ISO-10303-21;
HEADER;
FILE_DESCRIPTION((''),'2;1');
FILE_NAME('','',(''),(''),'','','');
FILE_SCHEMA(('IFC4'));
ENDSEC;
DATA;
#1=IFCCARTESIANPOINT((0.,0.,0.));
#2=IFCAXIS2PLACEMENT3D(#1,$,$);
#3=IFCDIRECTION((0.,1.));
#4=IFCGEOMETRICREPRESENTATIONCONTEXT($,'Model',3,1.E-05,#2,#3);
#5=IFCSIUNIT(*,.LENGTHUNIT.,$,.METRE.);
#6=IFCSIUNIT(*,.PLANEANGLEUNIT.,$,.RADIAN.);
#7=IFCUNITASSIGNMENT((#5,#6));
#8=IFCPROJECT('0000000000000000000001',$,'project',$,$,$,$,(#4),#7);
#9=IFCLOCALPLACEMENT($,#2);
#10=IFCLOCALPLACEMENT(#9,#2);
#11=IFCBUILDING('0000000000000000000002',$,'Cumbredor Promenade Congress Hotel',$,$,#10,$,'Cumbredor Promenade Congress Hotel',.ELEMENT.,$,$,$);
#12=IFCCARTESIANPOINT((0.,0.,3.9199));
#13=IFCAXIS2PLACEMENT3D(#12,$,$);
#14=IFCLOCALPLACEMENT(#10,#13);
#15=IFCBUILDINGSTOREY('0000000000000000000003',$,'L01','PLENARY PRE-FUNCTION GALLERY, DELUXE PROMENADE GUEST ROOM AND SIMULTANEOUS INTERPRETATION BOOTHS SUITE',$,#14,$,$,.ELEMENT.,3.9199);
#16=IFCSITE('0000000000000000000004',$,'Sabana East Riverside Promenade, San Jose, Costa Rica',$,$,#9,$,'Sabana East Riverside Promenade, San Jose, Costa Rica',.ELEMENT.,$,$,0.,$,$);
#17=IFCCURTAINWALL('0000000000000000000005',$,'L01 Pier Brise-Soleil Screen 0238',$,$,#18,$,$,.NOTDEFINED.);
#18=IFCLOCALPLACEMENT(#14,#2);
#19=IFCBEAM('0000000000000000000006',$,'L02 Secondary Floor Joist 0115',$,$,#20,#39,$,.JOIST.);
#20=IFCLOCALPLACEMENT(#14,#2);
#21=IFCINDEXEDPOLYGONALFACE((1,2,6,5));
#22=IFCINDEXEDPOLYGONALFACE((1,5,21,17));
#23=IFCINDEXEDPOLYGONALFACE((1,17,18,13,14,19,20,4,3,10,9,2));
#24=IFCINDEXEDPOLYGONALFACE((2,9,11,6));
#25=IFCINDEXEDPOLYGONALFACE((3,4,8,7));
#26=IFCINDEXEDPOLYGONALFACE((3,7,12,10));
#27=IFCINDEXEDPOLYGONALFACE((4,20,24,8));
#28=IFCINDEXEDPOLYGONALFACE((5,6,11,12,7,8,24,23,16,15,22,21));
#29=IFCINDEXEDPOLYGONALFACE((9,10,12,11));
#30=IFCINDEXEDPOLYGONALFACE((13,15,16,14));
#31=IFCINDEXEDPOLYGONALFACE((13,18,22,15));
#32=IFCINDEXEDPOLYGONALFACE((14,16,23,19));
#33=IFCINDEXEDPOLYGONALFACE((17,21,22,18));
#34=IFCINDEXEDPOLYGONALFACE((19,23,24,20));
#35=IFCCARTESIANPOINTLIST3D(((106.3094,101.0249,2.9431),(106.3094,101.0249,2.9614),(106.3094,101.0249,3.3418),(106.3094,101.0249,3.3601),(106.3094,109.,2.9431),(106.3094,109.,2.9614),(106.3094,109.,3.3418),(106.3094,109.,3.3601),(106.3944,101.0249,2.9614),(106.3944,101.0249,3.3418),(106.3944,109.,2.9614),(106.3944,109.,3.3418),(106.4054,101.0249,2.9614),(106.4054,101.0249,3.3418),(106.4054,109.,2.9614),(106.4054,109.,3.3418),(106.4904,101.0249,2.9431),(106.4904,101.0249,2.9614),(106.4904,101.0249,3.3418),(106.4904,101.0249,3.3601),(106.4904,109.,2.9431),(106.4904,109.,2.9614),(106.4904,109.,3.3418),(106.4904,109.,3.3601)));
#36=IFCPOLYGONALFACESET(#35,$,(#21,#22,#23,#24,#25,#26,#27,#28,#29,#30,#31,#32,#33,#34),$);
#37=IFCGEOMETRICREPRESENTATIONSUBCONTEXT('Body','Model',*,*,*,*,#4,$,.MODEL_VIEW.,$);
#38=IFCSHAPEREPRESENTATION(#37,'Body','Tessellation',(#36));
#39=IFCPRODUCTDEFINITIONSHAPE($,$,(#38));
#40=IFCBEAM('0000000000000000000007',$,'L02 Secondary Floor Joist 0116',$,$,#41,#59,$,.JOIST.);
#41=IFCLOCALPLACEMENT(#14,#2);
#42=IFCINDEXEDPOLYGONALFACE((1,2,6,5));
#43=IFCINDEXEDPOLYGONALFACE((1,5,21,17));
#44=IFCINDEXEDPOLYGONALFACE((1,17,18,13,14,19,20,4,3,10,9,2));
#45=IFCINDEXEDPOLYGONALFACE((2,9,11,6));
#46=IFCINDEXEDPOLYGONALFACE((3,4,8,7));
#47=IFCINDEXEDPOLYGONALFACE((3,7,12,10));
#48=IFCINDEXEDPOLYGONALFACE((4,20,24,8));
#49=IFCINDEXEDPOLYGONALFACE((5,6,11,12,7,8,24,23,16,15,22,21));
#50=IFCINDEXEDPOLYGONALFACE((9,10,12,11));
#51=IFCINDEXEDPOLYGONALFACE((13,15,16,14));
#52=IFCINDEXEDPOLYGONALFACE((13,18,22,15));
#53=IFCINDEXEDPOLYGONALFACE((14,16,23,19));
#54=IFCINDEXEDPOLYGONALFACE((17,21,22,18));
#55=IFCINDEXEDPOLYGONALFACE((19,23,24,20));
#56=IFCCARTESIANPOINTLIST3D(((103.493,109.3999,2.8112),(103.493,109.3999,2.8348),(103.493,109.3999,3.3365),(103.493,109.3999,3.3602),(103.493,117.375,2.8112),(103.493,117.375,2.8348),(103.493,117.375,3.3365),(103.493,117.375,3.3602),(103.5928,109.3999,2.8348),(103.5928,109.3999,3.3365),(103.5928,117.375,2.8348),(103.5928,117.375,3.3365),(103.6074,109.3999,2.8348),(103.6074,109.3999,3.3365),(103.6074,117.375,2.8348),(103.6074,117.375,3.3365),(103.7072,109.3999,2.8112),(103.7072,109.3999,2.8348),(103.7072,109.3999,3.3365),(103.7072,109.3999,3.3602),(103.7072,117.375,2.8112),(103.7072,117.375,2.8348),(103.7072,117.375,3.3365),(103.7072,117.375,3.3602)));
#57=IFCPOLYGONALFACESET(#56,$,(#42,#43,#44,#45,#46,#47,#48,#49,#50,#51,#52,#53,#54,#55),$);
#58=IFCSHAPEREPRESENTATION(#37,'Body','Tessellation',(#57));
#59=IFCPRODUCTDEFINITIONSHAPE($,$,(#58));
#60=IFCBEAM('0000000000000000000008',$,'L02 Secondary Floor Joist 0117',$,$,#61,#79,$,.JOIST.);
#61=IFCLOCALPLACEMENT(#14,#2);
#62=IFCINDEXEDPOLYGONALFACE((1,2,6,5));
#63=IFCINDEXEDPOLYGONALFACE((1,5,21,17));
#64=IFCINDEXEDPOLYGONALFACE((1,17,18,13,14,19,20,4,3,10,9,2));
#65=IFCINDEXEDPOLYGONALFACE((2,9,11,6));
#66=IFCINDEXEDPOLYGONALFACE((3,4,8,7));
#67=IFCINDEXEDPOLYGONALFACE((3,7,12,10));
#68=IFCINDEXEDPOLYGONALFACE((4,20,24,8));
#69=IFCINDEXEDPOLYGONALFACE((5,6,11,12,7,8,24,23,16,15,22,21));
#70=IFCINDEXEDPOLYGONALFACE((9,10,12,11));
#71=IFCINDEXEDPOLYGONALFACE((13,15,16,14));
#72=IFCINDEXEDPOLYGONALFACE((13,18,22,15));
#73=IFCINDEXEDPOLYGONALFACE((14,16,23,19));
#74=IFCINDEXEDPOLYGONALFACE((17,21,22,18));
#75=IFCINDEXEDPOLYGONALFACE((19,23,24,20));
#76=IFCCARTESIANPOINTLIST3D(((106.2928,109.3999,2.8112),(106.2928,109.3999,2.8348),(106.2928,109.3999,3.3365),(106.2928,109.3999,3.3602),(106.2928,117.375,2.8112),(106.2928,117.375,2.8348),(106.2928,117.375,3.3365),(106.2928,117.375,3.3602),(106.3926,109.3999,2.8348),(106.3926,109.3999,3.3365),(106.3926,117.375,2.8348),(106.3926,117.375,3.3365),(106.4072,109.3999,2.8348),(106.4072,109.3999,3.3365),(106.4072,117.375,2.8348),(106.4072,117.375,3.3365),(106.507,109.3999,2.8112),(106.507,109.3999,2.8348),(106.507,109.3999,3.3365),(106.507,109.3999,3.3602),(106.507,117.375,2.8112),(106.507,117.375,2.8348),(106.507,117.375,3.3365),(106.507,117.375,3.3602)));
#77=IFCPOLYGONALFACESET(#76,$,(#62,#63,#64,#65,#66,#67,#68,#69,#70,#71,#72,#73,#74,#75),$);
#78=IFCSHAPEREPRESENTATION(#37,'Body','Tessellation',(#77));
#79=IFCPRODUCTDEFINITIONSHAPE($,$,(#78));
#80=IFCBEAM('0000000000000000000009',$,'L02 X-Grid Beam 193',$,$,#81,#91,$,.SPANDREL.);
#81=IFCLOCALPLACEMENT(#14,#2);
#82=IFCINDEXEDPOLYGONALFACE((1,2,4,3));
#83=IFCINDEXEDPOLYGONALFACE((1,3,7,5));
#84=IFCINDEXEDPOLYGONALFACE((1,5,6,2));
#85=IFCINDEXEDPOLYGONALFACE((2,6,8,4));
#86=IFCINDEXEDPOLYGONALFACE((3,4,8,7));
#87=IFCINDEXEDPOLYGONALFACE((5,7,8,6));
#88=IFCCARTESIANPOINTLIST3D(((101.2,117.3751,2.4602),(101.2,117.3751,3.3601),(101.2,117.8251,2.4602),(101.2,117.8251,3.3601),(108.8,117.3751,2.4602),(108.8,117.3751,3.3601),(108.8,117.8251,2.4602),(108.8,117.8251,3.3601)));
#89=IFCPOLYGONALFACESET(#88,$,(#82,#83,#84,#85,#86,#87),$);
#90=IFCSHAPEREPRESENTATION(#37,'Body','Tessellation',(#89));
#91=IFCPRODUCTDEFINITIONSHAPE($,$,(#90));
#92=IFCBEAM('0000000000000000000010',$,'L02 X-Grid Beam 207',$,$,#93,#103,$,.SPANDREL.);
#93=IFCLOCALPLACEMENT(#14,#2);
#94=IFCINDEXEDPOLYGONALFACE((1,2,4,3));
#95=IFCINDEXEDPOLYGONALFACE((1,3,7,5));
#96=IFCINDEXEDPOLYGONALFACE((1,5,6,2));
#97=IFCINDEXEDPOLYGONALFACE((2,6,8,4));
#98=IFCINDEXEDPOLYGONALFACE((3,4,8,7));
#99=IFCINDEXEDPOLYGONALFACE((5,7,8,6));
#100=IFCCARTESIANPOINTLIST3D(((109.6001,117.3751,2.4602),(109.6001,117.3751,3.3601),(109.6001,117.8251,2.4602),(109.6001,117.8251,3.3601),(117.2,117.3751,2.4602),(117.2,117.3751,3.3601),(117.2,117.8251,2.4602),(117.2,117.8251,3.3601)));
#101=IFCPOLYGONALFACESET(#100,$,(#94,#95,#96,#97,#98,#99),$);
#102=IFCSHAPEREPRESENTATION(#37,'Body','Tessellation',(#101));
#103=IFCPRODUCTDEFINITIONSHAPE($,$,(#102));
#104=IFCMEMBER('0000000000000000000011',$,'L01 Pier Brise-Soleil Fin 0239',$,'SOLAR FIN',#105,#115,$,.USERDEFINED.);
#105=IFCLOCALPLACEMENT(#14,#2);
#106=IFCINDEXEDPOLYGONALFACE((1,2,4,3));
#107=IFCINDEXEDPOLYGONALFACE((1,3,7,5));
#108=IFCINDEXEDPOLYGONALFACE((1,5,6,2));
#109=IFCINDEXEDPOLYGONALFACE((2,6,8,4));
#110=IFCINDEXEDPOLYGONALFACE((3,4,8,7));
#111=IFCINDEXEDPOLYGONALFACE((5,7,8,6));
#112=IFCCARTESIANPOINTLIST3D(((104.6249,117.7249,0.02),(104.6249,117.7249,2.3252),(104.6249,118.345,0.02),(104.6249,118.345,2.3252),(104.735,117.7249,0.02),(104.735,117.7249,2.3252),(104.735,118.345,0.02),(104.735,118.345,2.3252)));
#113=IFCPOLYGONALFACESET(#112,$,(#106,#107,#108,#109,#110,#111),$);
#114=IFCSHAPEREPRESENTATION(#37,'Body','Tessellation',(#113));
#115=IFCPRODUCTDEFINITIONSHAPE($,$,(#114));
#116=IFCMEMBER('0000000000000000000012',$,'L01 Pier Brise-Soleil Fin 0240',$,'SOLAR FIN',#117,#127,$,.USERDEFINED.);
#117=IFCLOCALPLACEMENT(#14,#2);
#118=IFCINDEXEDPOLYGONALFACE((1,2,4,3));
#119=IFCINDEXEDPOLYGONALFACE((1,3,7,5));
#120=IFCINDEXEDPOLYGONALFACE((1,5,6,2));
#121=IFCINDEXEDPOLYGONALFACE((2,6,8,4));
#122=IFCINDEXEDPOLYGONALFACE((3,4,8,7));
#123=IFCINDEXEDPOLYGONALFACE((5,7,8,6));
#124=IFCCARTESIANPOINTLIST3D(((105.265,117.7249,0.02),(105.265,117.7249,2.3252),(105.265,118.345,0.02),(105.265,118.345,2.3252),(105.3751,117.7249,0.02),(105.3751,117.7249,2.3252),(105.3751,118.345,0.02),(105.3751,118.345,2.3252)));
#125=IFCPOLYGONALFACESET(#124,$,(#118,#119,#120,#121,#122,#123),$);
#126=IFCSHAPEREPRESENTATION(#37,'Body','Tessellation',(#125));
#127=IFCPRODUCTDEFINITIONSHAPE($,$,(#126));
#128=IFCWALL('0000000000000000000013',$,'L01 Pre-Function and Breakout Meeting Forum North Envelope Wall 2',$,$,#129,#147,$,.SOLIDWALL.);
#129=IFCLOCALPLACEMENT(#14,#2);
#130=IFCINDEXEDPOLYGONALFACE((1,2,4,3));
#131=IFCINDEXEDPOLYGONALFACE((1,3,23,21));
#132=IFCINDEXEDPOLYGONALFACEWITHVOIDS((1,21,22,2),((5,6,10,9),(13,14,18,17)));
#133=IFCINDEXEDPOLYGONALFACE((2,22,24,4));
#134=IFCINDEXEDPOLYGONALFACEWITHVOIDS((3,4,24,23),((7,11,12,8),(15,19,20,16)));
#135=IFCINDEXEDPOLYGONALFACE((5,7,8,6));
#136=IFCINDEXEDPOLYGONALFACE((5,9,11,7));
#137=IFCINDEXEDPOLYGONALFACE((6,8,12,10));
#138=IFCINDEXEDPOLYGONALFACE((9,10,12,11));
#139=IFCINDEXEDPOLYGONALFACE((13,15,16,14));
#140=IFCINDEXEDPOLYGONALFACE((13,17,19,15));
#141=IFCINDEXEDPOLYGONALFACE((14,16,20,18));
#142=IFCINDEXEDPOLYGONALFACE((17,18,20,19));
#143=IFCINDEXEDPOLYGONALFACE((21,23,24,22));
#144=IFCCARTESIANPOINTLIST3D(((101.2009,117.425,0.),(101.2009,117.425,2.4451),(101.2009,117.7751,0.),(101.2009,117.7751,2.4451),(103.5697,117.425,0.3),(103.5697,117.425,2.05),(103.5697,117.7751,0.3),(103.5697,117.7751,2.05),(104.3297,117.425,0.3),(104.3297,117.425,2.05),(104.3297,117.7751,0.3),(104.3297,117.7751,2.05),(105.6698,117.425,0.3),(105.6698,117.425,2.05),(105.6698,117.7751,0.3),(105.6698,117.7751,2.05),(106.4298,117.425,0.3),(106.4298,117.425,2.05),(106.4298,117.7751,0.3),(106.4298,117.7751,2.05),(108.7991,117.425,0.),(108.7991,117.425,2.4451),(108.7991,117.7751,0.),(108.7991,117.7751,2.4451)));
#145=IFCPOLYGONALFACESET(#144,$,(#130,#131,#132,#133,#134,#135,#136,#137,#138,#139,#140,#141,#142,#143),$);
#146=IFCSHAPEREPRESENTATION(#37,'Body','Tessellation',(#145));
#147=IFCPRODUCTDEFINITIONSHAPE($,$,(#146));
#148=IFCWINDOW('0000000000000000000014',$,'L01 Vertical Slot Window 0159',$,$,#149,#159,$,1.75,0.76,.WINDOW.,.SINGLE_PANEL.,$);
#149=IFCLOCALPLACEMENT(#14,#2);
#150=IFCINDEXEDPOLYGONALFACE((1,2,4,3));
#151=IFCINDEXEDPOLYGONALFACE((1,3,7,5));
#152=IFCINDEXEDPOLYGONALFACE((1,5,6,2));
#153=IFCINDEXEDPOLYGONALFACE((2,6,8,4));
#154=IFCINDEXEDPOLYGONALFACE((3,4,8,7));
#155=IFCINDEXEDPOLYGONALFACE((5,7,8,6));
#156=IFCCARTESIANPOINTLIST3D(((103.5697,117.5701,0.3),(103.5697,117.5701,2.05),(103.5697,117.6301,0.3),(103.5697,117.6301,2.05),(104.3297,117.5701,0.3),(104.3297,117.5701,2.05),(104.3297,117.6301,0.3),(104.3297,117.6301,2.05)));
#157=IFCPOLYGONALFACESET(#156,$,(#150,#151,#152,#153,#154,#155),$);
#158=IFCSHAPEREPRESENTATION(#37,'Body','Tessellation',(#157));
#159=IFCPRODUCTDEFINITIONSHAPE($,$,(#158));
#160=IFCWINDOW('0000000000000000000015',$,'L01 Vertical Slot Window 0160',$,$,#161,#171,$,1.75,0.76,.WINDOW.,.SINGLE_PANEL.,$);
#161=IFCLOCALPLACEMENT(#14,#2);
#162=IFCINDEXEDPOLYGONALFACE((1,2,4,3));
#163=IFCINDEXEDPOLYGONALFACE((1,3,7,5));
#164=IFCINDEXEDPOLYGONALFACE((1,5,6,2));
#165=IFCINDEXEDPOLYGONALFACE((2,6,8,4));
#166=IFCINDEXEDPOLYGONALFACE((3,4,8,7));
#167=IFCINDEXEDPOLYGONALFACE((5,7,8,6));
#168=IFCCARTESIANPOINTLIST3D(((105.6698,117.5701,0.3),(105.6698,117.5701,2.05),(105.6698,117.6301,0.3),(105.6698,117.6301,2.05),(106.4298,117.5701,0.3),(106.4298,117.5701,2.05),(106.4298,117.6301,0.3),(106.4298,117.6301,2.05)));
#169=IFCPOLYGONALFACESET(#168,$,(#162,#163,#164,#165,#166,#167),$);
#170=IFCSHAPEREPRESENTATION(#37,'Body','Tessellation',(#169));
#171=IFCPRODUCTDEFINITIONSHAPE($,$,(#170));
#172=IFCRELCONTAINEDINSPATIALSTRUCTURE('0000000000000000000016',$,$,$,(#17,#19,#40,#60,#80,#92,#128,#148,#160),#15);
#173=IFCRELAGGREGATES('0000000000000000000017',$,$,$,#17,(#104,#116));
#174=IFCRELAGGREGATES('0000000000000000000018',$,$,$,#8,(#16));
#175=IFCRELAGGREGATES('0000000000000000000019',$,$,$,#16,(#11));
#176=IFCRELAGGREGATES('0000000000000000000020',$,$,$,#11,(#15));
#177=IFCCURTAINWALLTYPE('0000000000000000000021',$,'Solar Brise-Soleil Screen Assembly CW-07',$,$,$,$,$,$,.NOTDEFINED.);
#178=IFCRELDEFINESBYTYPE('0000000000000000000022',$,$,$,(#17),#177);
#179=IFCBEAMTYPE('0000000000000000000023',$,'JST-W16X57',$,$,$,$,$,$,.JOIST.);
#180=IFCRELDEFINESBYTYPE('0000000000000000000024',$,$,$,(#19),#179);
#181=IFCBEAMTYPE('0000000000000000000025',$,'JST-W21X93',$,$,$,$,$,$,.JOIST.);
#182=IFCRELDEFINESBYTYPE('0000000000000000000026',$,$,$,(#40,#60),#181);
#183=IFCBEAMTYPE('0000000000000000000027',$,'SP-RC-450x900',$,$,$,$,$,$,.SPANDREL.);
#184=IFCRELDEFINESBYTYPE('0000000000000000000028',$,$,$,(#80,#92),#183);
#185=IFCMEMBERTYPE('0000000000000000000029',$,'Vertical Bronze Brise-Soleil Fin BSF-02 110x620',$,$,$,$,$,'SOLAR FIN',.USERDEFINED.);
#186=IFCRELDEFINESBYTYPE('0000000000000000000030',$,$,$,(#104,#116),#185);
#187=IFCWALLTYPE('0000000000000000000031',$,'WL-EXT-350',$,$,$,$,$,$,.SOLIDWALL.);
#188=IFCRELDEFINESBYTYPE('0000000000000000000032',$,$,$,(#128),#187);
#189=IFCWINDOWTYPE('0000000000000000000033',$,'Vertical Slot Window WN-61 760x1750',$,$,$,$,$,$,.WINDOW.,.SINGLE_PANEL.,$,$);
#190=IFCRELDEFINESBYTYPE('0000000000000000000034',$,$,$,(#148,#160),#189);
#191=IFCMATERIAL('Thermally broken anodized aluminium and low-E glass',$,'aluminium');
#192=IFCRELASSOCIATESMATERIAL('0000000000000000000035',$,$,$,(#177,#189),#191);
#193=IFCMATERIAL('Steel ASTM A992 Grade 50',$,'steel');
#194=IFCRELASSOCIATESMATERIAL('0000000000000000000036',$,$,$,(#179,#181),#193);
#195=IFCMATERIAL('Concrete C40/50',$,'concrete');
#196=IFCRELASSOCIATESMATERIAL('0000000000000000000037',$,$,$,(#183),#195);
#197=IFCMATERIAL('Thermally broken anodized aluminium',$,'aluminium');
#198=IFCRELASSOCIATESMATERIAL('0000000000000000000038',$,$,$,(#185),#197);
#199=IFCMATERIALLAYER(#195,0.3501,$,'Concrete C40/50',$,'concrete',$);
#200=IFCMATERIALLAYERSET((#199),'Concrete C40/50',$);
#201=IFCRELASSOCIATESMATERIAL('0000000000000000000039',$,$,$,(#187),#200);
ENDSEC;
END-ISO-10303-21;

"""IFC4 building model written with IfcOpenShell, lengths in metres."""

from ifc_helpers import new_model, si_unit, direction, frame, frame_2d, origin, origin_2d, place, context, subcontext, project, spatial, rectangle, i_section, extrude, material, layer, layer_set, material_profile, profile_set, type_object, element, fill, aggregate, save


model = new_model("IFC4")

# Units and contexts
model_context = context("Model", 3, precision=1e-05, world=origin(), true_north=direction((0.0, 1.0)))
body_context = subcontext(model_context, "Body", "Model", "MODEL_VIEW")
ifc_project = project(units=[si_unit("LENGTHUNIT", "METRE"), si_unit("PLANEANGLEUNIT", "RADIAN")], contexts=[model_context])

# Site, building, storey
site_placement = place(None, origin())
site = spatial("IfcSite", under=ifc_project, at=site_placement, Name="Sabana East Riverside Promenade, San Jose, Costa Rica", LongName="Sabana East Riverside Promenade, San Jose, Costa Rica", CompositionType="ELEMENT", RefElevation=0.0)
building_placement = place(site_placement, origin())
building = spatial("IfcBuilding", under=site, at=building_placement, Name="Cumbredor Promenade Congress Hotel", LongName="Cumbredor Promenade Congress Hotel", CompositionType="ELEMENT")
storey_placement = place(building_placement, frame((0.0, 0.0, 3.9199)))
storey = spatial("IfcBuildingStorey", under=building, at=storey_placement, Name="L01", Description="PLENARY PRE-FUNCTION GALLERY, DELUXE PROMENADE GUEST ROOM AND SIMULTANEOUS INTERPRETATION BOOTHS SUITE", CompositionType="ELEMENT", Elevation=3.9199)

# Shared definitions
ifc_material_1 = material(Name="Concrete C40/50", Category="concrete")
ifc_material_2 = material(Name="Steel ASTM A992 Grade 50", Category="steel")

# Curtain wall
ifc_material_3 = material(Name="Thermally broken anodized aluminium and low-E glass", Category="aluminium")
curtain_wall_type = type_object("IfcCurtainWallType", Name="Solar Brise-Soleil Screen Assembly CW-07", PredefinedType="NOTDEFINED", material=ifc_material_3)
curtain_wall_placement = place(storey_placement, origin())
curtain_wall = element("IfcCurtainWall", 1, at=curtain_wall_placement, inside=storey, type_object=curtain_wall_type, Name="L01 Pier Brise-Soleil Screen 0238", PredefinedType="NOTDEFINED")
ifc_material_4 = material(Name="Thermally broken anodized aluminium", Category="aluminium")

# Beams
ifc_material_profile_1 = material_profile(ifc_material_2, i_section(OverallWidth=0.1809, OverallDepth=0.417, WebThickness=0.011, FlangeThickness=0.0183, at=origin_2d()), Name="W16X57")
ifc_profile_set_1 = profile_set([ifc_material_profile_1], Name="Steel ASTM A992 Grade 50")
beam_type_1 = type_object("IfcBeamType", Name="JST-W16X57", PredefinedType="JOIST", material=ifc_profile_set_1)
for number, where, z_axis, x_axis, name in (
    (2, (106.3999, 101.0249, 3.1516), (0.0, 1.0, 0.0), (-1.0, 0.0, 0.0), "L02 Secondary Floor Joist 0115"),
):
    element("IfcBeam", number, at=place(storey_placement, frame(where, z_axis=z_axis, x_axis=x_axis)), inside=storey, type_object=beam_type_1, Name=name, PredefinedType="JOIST", context=body_context, shape_type="SweptSolid", body=[
        extrude(i_section(OverallWidth=0.1809, OverallDepth=0.417, WebThickness=0.011, FlangeThickness=0.0183, at=origin_2d()), origin(), (0.0, 0.0, 1.0), 7.9751),
    ])
ifc_material_profile_2 = material_profile(ifc_material_2, i_section(OverallWidth=0.2141, OverallDepth=0.5491, WebThickness=0.0146, FlangeThickness=0.0237, at=origin_2d()), Name="W21X93")
ifc_profile_set_2 = profile_set([ifc_material_profile_2], Name="Steel ASTM A992 Grade 50")
beam_type_2 = type_object("IfcBeamType", Name="JST-W21X93", PredefinedType="JOIST", material=ifc_profile_set_2)
for number, where, z_axis, x_axis, name in (
    (3, (103.6001, 109.3999, 3.0857), (0.0, 1.0, 0.0), (-1.0, 0.0, 0.0), "L02 Secondary Floor Joist 0116"),
    (4, (106.3999, 109.3999, 3.0857), (0.0, 1.0, 0.0), (-1.0, 0.0, 0.0), "L02 Secondary Floor Joist 0117"),
):
    element("IfcBeam", number, at=place(storey_placement, frame(where, z_axis=z_axis, x_axis=x_axis)), inside=storey, type_object=beam_type_2, Name=name, PredefinedType="JOIST", context=body_context, shape_type="SweptSolid", body=[
        extrude(i_section(OverallWidth=0.2141, OverallDepth=0.5491, WebThickness=0.0146, FlangeThickness=0.0237, at=origin_2d()), origin(), (0.0, 0.0, 1.0), 7.9751),
    ])
ifc_material_profile_3 = material_profile(ifc_material_1, rectangle(XDim=0.45, YDim=0.8999, at=origin_2d()), Name="RC SPANDREL 450x900")
ifc_profile_set_3 = profile_set([ifc_material_profile_3], Name="Concrete C40/50")
beam_type_3 = type_object("IfcBeamType", Name="SP-RC-450x900", PredefinedType="SPANDREL", material=ifc_profile_set_3)
beam_1_placement = place(storey_placement, frame((101.2, 117.6001, 2.9102), z_axis=(1.0, 0.0, 0.0), x_axis=(0.0, 1.0, 0.0)))
element("IfcBeam", 5, at=beam_1_placement, inside=storey, type_object=beam_type_3, Name="L02 X-Grid Beam 193", PredefinedType="SPANDREL", context=body_context, shape_type="SweptSolid", body=[
    extrude(rectangle(XDim=0.45, YDim=0.8999, at=origin_2d()), origin(), (0.0, 0.0, 1.0), 7.6001),
])
beam_2_placement = place(storey_placement, frame((109.6001, 117.6001, 2.9102), z_axis=(1.0, 0.0, 0.0), x_axis=(0.0, 1.0, 0.0)))
element("IfcBeam", 6, at=beam_2_placement, inside=storey, type_object=beam_type_3, Name="L02 X-Grid Beam 207", PredefinedType="SPANDREL", context=body_context, shape_type="SweptSolid", body=[
    extrude(rectangle(XDim=0.45, YDim=0.8999, at=origin_2d()), origin(), (0.0, 0.0, 1.0), 7.5999),
])

# Members
ifc_material_profile_4 = material_profile(ifc_material_4, rectangle(XDim=0.1101, YDim=0.6201, at=origin_2d()), Name="ARCH FIN 110x620")
ifc_profile_set_4 = profile_set([ifc_material_profile_4], Name="Thermally broken anodized aluminium")
member_type_1 = type_object("IfcMemberType", Name="Vertical Bronze Brise-Soleil Fin BSF-02 110x620", ElementType="SOLAR FIN", PredefinedType="USERDEFINED", material=ifc_profile_set_4)
member_1_placement = place(storey_placement, frame((104.6799, 118.0349, 0.02), z_axis=(0.0, 0.0, 1.0), x_axis=(1.0, 0.0, 0.0)))
member_1 = element("IfcMember", 7, at=member_1_placement, type_object=member_type_1, Name="L01 Pier Brise-Soleil Fin 0239", ObjectType="SOLAR FIN", PredefinedType="USERDEFINED", context=body_context, shape_type="SweptSolid", body=[
    extrude(rectangle(XDim=0.1101, YDim=0.6201, at=origin_2d()), origin(), (0.0, 0.0, 1.0), 2.3052),
])
member_2_placement = place(storey_placement, frame((105.3201, 118.0349, 0.02), z_axis=(0.0, 0.0, 1.0), x_axis=(1.0, 0.0, 0.0)))
member_2 = element("IfcMember", 8, at=member_2_placement, type_object=member_type_1, Name="L01 Pier Brise-Soleil Fin 0240", ObjectType="SOLAR FIN", PredefinedType="USERDEFINED", context=body_context, shape_type="SweptSolid", body=[
    extrude(rectangle(XDim=0.1101, YDim=0.6201, at=origin_2d()), origin(), (0.0, 0.0, 1.0), 2.3052),
])
aggregate(curtain_wall, [member_1, member_2])

# Wall, openings, windows
ifc_layer_1 = layer(ifc_material_1, 0.3501, Name="Concrete C40/50", Category="concrete")
ifc_layer_set_1 = layer_set([ifc_layer_1], Name="Concrete C40/50")
wall_type_1 = type_object("IfcWallType", Name="WL-EXT-350", PredefinedType="SOLIDWALL", material=ifc_layer_set_1)
wall_1_placement = place(storey_placement, frame((101.2009, 117.6001, 0.0), z_axis=(0.0, 0.0, 1.0), x_axis=(1.0, 0.0, 0.0)))
wall_1 = element("IfcWall", 9, at=wall_1_placement, inside=storey, type_object=wall_type_1, Name="L01 Pre-Function and Breakout Meeting Forum North Envelope Wall 2", PredefinedType="SOLIDWALL", context=body_context, shape_type="SweptSolid", body=[
    extrude(rectangle(XDim=7.5981, YDim=0.3501, at=frame_2d((3.7991, 0.0))), origin(), (0.0, 0.0, 1.0), 2.4451),
])
opening_1_placement = place(wall_1_placement, frame((2.3689, 0.0, 0.3)))
opening_1 = element("IfcOpeningElement", 10, at=opening_1_placement, cuts=wall_1, PredefinedType="OPENING", context=body_context, shape_type="SweptSolid", body=[
    extrude(rectangle(XDim=0.76, YDim=1.75, at=frame_2d((0.3799, 0.875))), frame((0.0, 0.1851, 0.0), z_axis=(0.0, -1.0, 0.0), x_axis=(1.0, 0.0, 0.0)), (0.0, 0.0, 1.0), 0.3701),
])
opening_2_placement = place(wall_1_placement, frame((4.469, 0.0, 0.3)))
opening_2 = element("IfcOpeningElement", 11, at=opening_2_placement, cuts=wall_1, PredefinedType="OPENING", context=body_context, shape_type="SweptSolid", body=[
    extrude(rectangle(XDim=0.76, YDim=1.75, at=frame_2d((0.3799, 0.875))), frame((0.0, 0.1851, 0.0), z_axis=(0.0, -1.0, 0.0), x_axis=(1.0, 0.0, 0.0)), (0.0, 0.0, 1.0), 0.3701),
])
window_type_1 = type_object("IfcWindowType", Name="Vertical Slot Window WN-61 760x1750", PartitioningType="SINGLE_PANEL", PredefinedType="WINDOW", material=ifc_material_3)
window_1_placement = place(opening_1_placement, origin())
window_1 = element("IfcWindow", 12, at=window_1_placement, inside=storey, type_object=window_type_1, Name="L01 Vertical Slot Window 0159", OverallHeight=1.75, OverallWidth=0.76, PartitioningType="SINGLE_PANEL", PredefinedType="WINDOW", context=body_context, shape_type="SweptSolid", body=[
    extrude(rectangle(XDim=0.76, YDim=1.75, at=frame_2d((0.3799, 0.875))), frame((0.0, 0.03, 0.0), z_axis=(0.0, -1.0, 0.0), x_axis=(1.0, 0.0, 0.0)), (0.0, 0.0, 1.0), 0.0601),
])
fill(opening_1, window_1)
window_2_placement = place(opening_2_placement, origin())
window_2 = element("IfcWindow", 13, at=window_2_placement, inside=storey, type_object=window_type_1, Name="L01 Vertical Slot Window 0160", OverallHeight=1.75, OverallWidth=0.76, PartitioningType="SINGLE_PANEL", PredefinedType="WINDOW", context=body_context, shape_type="SweptSolid", body=[
    extrude(rectangle(XDim=0.76, YDim=1.75, at=frame_2d((0.3799, 0.875))), frame((0.0, 0.03, 0.0), z_axis=(0.0, -1.0, 0.0), x_axis=(1.0, 0.0, 0.0)), (0.0, 0.0, 1.0), 0.0601),
])
fill(opening_2, window_2)

save(model, "model.ifc")
